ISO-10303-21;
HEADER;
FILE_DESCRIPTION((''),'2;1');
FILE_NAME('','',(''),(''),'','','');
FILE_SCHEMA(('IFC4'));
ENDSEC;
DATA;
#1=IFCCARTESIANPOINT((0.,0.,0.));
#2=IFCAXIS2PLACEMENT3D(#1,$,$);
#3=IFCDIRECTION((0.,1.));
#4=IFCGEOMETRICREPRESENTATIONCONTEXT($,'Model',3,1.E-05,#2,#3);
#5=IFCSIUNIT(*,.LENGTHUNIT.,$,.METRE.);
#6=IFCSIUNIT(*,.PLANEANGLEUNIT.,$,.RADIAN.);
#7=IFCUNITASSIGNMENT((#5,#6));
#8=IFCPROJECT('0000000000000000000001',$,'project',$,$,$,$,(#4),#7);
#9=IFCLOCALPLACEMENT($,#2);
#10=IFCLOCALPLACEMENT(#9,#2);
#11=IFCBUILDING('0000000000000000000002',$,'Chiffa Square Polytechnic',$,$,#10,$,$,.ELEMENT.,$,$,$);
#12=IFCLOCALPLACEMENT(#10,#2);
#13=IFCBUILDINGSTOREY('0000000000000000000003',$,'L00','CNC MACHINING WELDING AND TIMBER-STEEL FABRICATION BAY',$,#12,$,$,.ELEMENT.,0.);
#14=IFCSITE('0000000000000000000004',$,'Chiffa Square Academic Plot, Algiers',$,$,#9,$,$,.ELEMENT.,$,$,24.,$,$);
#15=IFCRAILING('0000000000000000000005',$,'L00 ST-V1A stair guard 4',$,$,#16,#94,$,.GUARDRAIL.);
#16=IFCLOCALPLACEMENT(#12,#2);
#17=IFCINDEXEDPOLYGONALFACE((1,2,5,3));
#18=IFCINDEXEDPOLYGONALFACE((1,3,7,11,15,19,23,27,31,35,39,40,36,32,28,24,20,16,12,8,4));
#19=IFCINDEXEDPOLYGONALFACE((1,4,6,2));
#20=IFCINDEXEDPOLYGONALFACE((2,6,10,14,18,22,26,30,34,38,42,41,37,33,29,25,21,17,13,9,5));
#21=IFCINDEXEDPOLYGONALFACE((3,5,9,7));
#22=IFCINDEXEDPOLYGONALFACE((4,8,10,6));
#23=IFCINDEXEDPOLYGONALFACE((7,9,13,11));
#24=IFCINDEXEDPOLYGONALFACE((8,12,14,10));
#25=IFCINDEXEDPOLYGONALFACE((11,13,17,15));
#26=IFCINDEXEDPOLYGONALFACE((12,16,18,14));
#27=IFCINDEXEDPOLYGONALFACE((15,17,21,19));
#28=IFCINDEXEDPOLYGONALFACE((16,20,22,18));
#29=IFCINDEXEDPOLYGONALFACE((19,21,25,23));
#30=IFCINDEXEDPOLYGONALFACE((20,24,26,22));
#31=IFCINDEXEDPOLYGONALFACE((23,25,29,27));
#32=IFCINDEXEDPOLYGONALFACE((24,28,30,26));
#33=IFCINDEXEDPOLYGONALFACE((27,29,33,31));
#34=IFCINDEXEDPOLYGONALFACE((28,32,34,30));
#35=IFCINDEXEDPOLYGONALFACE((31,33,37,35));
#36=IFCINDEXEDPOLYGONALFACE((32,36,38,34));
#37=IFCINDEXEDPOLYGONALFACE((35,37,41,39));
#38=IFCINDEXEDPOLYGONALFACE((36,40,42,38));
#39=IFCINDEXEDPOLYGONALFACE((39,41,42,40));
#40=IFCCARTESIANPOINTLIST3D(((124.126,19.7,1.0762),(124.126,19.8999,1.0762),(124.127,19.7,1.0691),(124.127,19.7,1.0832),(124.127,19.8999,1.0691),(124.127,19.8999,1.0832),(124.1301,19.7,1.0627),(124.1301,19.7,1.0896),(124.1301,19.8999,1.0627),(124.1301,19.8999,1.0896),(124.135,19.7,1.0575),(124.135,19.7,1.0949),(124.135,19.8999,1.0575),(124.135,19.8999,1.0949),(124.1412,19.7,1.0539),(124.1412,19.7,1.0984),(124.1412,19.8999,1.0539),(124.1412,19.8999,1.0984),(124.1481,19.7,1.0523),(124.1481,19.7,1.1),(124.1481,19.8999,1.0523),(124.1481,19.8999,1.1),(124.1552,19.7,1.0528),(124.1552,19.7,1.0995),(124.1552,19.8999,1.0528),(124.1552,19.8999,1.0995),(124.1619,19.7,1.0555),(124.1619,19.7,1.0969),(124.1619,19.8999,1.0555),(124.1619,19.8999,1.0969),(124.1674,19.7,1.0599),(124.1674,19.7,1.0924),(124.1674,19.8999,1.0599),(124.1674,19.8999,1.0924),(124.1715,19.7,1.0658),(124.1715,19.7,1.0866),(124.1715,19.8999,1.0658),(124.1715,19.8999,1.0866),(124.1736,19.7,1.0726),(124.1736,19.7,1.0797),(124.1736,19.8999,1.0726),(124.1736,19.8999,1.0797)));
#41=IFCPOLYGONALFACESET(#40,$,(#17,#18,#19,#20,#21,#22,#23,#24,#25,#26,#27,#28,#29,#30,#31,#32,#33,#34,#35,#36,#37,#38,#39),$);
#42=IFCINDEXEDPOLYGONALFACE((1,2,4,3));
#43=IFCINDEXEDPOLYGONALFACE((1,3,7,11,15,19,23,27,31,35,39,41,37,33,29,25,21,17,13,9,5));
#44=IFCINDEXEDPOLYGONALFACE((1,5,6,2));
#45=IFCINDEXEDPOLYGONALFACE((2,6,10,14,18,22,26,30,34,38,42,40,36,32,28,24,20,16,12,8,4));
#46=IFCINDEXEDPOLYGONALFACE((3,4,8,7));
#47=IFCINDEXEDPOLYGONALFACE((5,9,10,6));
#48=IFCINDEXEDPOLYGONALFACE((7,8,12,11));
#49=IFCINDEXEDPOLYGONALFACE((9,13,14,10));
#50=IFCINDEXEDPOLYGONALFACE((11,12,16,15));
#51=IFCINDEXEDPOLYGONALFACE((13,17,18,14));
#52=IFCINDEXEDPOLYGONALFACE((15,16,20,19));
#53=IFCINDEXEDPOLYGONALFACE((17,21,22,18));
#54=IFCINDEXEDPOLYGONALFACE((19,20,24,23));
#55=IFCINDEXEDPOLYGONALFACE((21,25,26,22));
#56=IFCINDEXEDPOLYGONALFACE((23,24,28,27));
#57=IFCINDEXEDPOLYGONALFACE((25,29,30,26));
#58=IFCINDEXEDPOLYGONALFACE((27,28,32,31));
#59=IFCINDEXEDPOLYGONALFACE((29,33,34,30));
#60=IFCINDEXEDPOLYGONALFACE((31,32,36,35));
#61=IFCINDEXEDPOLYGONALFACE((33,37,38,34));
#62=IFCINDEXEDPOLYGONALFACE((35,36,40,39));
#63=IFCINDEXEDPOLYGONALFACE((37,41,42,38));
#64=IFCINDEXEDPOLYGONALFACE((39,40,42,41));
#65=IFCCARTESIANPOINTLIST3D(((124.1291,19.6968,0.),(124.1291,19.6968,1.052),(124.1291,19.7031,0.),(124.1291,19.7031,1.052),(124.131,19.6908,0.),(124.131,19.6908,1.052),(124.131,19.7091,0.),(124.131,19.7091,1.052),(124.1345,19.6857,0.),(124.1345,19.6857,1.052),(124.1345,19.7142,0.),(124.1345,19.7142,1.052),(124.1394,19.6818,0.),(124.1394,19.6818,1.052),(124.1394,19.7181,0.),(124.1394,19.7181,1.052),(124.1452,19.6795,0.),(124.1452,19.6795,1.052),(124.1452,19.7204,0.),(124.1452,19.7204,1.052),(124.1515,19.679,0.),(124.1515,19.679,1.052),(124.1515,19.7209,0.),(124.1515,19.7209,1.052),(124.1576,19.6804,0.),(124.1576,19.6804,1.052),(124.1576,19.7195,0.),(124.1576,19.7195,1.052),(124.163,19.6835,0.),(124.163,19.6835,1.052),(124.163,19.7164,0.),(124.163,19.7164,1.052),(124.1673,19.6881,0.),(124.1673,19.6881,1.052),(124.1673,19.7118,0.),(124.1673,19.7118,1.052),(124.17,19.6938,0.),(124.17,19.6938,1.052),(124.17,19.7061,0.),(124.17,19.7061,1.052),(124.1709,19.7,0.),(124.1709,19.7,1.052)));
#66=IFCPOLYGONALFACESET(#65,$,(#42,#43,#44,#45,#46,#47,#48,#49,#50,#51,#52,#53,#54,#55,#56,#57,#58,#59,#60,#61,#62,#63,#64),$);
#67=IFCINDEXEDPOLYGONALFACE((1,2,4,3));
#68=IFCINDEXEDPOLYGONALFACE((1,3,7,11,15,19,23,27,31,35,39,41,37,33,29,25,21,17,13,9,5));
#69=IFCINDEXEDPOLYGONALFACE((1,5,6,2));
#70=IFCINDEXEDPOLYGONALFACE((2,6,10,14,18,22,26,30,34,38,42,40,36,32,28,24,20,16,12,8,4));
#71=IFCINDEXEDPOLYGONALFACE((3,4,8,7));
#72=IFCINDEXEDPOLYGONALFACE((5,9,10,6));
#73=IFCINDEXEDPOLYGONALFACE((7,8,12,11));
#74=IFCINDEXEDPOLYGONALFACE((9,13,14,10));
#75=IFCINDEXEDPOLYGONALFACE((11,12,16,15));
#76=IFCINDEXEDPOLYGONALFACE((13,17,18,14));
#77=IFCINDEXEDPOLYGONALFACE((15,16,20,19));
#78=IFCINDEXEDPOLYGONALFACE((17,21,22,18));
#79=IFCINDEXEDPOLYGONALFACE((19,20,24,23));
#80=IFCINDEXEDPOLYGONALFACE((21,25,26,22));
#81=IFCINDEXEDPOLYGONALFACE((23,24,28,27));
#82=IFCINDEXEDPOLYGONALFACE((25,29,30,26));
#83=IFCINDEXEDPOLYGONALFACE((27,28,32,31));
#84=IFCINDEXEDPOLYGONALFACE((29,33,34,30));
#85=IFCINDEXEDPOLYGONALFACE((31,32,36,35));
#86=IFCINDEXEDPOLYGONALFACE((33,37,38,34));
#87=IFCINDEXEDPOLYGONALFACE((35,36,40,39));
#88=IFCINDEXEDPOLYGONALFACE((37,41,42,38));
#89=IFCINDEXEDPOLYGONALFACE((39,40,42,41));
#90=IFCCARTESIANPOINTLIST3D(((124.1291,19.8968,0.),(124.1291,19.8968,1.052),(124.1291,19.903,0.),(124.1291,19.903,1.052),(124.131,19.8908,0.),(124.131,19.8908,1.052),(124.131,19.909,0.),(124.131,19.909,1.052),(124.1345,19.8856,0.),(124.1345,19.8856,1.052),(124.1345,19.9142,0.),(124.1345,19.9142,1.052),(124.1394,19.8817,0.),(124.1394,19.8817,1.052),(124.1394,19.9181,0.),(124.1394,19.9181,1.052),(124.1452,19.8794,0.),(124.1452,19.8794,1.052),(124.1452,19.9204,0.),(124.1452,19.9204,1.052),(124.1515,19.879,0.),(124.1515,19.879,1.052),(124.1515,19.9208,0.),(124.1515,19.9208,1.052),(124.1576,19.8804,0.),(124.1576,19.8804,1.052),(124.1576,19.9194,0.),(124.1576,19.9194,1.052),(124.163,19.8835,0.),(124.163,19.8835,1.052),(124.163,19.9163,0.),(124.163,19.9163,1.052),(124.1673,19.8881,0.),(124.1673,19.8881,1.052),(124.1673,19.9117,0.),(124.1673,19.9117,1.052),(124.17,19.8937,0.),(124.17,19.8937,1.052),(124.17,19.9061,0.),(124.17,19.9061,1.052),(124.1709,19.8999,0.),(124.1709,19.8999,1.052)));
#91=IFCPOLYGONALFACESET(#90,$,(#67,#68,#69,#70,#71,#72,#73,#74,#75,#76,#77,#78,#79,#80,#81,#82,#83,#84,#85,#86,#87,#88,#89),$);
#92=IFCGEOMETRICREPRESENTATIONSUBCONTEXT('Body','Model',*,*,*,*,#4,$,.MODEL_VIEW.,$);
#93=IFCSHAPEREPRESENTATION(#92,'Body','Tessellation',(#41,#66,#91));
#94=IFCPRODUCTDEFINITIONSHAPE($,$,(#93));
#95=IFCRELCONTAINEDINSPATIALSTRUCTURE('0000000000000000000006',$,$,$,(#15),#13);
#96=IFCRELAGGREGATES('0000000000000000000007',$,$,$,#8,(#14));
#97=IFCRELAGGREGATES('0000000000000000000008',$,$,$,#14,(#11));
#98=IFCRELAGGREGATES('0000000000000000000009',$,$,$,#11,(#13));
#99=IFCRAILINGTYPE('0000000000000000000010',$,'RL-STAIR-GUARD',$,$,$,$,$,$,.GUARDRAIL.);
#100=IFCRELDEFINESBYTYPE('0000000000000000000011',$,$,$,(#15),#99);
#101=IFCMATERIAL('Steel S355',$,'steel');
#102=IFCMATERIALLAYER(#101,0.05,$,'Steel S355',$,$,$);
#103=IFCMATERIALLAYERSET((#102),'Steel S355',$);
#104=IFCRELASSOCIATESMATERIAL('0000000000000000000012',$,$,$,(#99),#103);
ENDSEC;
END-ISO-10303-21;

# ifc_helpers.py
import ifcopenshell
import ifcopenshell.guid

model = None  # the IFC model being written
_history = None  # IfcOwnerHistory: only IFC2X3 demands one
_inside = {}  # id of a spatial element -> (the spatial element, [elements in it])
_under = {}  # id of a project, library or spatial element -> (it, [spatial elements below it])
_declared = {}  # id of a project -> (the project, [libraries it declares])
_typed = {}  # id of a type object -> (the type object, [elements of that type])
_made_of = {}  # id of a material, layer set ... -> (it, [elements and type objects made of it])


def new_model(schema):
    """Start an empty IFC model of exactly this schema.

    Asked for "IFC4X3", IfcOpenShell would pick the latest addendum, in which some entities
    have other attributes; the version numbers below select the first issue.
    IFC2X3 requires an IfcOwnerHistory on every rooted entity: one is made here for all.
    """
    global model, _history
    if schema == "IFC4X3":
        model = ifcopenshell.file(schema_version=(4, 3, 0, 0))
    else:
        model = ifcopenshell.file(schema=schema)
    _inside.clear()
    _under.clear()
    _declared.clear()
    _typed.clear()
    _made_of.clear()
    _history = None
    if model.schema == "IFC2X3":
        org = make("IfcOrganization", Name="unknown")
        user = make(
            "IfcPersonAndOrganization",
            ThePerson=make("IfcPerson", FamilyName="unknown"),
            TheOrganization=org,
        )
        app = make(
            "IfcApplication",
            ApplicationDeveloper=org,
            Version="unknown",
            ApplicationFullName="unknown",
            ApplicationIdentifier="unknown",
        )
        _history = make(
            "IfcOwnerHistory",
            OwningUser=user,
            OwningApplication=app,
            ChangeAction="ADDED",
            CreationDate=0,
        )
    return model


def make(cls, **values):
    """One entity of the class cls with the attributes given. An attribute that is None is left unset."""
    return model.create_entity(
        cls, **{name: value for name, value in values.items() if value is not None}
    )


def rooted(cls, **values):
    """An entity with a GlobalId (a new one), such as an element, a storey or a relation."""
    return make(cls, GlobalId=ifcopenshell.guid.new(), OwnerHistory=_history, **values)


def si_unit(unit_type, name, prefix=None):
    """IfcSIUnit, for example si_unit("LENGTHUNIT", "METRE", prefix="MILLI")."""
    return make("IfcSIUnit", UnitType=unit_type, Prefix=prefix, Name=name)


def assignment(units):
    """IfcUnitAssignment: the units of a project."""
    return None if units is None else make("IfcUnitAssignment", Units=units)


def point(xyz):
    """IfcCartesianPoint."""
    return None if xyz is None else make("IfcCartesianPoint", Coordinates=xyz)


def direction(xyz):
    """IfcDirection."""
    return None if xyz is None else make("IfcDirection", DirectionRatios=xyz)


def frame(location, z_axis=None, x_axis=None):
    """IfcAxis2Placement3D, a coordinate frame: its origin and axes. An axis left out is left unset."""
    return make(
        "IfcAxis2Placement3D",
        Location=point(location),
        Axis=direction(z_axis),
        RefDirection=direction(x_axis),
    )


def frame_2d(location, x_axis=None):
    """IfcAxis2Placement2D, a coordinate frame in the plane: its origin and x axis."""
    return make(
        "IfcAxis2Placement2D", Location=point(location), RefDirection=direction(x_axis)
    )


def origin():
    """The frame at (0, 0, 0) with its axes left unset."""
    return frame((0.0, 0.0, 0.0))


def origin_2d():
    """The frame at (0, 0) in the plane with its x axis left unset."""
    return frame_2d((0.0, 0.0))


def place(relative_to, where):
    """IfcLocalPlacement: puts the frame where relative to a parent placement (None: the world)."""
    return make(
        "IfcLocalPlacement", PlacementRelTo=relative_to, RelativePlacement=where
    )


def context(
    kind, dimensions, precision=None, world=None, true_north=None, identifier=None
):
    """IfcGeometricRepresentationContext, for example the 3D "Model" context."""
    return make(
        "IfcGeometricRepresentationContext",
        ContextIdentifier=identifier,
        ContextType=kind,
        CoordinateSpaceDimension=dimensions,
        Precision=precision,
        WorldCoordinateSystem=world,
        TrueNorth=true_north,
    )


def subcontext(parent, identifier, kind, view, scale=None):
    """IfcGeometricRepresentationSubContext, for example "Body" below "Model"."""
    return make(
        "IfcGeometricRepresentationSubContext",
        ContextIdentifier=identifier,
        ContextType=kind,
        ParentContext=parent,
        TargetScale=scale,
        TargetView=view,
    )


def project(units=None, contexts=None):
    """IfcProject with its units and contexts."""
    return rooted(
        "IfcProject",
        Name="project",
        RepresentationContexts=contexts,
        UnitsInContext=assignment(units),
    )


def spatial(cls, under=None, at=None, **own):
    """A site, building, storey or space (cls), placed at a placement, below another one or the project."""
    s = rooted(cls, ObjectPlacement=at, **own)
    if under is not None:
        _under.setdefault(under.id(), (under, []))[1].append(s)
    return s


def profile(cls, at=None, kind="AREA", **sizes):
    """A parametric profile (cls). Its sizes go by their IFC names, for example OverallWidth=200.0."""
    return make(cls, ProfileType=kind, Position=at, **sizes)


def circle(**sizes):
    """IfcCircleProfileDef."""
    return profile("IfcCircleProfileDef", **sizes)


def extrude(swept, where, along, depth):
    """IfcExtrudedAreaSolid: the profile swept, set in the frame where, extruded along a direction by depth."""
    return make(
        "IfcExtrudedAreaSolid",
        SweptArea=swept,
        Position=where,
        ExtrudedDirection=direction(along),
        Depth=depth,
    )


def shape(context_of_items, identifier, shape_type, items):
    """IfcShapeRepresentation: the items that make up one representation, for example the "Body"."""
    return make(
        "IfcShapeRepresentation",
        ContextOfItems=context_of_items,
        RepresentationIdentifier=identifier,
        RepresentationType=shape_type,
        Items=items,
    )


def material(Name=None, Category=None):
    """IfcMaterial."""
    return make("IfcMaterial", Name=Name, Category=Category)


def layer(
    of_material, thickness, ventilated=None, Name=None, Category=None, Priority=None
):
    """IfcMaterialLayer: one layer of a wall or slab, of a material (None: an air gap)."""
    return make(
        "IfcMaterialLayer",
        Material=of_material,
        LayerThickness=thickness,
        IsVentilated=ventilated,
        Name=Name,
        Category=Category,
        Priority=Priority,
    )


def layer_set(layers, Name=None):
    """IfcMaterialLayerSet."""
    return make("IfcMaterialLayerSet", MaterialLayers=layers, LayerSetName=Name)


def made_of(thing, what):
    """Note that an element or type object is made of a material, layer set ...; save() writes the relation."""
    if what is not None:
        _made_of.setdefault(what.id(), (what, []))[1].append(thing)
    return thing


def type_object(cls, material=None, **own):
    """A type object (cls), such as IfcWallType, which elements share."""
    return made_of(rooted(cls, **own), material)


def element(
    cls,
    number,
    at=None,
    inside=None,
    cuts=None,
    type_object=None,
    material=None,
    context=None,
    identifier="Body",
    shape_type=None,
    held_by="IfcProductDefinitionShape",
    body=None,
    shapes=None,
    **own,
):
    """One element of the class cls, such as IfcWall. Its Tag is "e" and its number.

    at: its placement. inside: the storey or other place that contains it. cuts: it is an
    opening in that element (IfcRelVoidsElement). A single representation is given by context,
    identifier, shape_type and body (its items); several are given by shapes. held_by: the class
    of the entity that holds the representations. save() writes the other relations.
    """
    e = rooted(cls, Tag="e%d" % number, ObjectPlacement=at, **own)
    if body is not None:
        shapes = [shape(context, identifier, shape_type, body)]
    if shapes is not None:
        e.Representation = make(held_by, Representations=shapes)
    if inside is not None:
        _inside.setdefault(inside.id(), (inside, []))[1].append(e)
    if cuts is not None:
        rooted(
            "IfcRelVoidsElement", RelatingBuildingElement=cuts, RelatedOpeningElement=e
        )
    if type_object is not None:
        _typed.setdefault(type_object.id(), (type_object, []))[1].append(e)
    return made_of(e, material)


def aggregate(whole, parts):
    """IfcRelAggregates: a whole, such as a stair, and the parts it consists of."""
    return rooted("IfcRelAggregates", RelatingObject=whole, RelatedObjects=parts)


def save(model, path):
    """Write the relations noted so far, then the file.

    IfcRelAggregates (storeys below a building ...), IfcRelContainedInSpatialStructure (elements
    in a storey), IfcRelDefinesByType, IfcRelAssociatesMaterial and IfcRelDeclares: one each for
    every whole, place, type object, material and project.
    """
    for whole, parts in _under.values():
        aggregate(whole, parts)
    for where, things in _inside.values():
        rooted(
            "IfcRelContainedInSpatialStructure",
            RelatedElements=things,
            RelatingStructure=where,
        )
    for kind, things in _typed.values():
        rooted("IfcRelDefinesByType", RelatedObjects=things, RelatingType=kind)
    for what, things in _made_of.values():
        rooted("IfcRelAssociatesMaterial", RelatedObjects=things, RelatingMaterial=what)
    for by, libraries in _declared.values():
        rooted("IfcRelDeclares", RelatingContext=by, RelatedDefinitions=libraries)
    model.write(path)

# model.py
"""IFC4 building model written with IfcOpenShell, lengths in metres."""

from ifc_helpers import new_model, si_unit, direction, frame, origin, origin_2d, place, context, subcontext, project, spatial, circle, extrude, material, layer, layer_set, type_object, element, save


model = new_model("IFC4")

# Units and contexts
model_context = context("Model", 3, precision=1e-05, world=origin(), true_north=direction((0.0, 1.0)))
body_context = subcontext(model_context, "Body", "Model", "MODEL_VIEW")
ifc_project = project(units=[si_unit("LENGTHUNIT", "METRE"), si_unit("PLANEANGLEUNIT", "RADIAN")], contexts=[model_context])

# Site, building, storey
site_placement = place(None, origin())
site = spatial("IfcSite", under=ifc_project, at=site_placement, Name="Chiffa Square Academic Plot, Algiers", CompositionType="ELEMENT", RefElevation=24.0)
building_placement = place(site_placement, origin())
building = spatial("IfcBuilding", under=site, at=building_placement, Name="Chiffa Square Polytechnic", CompositionType="ELEMENT")
storey_placement = place(building_placement, origin())
storey = spatial("IfcBuildingStorey", under=building, at=storey_placement, Name="L00", Description="CNC MACHINING WELDING AND TIMBER-STEEL FABRICATION BAY", CompositionType="ELEMENT", Elevation=0.0)

# Railing
ifc_material_1 = material(Name="Steel S355", Category="steel")
ifc_layer_1 = layer(ifc_material_1, 0.05, Name="Steel S355")
ifc_layer_set_1 = layer_set([ifc_layer_1], Name="Steel S355")
railing_type_1 = type_object("IfcRailingType", Name="RL-STAIR-GUARD", PredefinedType="GUARDRAIL", material=ifc_layer_set_1)
railing_1_placement = place(storey_placement, frame((124.1499, 19.7, 0.0)))
element("IfcRailing", 1, at=railing_1_placement, inside=storey, type_object=railing_type_1, Name="L00 ST-V1A stair guard 4", PredefinedType="GUARDRAIL", context=body_context, shape_type="SweptSolid", body=[
    extrude(circle(Radius=0.0239, at=origin_2d()), frame((0.0, 0.0, 1.0762), z_axis=(0.0, 1.0, 0.0), x_axis=(-1.0, 0.0, 0.0)), (0.0, 0.0, 1.0), 0.2),
    extrude(circle(Radius=0.021, at=origin_2d()), origin(), (0.0, 0.0, 1.0), 1.052),
    extrude(circle(Radius=0.021, at=origin_2d()), frame((0.0, 0.2, 0.0)), (0.0, 0.0, 1.0), 1.052),
])

save(model, "model.ifc")
